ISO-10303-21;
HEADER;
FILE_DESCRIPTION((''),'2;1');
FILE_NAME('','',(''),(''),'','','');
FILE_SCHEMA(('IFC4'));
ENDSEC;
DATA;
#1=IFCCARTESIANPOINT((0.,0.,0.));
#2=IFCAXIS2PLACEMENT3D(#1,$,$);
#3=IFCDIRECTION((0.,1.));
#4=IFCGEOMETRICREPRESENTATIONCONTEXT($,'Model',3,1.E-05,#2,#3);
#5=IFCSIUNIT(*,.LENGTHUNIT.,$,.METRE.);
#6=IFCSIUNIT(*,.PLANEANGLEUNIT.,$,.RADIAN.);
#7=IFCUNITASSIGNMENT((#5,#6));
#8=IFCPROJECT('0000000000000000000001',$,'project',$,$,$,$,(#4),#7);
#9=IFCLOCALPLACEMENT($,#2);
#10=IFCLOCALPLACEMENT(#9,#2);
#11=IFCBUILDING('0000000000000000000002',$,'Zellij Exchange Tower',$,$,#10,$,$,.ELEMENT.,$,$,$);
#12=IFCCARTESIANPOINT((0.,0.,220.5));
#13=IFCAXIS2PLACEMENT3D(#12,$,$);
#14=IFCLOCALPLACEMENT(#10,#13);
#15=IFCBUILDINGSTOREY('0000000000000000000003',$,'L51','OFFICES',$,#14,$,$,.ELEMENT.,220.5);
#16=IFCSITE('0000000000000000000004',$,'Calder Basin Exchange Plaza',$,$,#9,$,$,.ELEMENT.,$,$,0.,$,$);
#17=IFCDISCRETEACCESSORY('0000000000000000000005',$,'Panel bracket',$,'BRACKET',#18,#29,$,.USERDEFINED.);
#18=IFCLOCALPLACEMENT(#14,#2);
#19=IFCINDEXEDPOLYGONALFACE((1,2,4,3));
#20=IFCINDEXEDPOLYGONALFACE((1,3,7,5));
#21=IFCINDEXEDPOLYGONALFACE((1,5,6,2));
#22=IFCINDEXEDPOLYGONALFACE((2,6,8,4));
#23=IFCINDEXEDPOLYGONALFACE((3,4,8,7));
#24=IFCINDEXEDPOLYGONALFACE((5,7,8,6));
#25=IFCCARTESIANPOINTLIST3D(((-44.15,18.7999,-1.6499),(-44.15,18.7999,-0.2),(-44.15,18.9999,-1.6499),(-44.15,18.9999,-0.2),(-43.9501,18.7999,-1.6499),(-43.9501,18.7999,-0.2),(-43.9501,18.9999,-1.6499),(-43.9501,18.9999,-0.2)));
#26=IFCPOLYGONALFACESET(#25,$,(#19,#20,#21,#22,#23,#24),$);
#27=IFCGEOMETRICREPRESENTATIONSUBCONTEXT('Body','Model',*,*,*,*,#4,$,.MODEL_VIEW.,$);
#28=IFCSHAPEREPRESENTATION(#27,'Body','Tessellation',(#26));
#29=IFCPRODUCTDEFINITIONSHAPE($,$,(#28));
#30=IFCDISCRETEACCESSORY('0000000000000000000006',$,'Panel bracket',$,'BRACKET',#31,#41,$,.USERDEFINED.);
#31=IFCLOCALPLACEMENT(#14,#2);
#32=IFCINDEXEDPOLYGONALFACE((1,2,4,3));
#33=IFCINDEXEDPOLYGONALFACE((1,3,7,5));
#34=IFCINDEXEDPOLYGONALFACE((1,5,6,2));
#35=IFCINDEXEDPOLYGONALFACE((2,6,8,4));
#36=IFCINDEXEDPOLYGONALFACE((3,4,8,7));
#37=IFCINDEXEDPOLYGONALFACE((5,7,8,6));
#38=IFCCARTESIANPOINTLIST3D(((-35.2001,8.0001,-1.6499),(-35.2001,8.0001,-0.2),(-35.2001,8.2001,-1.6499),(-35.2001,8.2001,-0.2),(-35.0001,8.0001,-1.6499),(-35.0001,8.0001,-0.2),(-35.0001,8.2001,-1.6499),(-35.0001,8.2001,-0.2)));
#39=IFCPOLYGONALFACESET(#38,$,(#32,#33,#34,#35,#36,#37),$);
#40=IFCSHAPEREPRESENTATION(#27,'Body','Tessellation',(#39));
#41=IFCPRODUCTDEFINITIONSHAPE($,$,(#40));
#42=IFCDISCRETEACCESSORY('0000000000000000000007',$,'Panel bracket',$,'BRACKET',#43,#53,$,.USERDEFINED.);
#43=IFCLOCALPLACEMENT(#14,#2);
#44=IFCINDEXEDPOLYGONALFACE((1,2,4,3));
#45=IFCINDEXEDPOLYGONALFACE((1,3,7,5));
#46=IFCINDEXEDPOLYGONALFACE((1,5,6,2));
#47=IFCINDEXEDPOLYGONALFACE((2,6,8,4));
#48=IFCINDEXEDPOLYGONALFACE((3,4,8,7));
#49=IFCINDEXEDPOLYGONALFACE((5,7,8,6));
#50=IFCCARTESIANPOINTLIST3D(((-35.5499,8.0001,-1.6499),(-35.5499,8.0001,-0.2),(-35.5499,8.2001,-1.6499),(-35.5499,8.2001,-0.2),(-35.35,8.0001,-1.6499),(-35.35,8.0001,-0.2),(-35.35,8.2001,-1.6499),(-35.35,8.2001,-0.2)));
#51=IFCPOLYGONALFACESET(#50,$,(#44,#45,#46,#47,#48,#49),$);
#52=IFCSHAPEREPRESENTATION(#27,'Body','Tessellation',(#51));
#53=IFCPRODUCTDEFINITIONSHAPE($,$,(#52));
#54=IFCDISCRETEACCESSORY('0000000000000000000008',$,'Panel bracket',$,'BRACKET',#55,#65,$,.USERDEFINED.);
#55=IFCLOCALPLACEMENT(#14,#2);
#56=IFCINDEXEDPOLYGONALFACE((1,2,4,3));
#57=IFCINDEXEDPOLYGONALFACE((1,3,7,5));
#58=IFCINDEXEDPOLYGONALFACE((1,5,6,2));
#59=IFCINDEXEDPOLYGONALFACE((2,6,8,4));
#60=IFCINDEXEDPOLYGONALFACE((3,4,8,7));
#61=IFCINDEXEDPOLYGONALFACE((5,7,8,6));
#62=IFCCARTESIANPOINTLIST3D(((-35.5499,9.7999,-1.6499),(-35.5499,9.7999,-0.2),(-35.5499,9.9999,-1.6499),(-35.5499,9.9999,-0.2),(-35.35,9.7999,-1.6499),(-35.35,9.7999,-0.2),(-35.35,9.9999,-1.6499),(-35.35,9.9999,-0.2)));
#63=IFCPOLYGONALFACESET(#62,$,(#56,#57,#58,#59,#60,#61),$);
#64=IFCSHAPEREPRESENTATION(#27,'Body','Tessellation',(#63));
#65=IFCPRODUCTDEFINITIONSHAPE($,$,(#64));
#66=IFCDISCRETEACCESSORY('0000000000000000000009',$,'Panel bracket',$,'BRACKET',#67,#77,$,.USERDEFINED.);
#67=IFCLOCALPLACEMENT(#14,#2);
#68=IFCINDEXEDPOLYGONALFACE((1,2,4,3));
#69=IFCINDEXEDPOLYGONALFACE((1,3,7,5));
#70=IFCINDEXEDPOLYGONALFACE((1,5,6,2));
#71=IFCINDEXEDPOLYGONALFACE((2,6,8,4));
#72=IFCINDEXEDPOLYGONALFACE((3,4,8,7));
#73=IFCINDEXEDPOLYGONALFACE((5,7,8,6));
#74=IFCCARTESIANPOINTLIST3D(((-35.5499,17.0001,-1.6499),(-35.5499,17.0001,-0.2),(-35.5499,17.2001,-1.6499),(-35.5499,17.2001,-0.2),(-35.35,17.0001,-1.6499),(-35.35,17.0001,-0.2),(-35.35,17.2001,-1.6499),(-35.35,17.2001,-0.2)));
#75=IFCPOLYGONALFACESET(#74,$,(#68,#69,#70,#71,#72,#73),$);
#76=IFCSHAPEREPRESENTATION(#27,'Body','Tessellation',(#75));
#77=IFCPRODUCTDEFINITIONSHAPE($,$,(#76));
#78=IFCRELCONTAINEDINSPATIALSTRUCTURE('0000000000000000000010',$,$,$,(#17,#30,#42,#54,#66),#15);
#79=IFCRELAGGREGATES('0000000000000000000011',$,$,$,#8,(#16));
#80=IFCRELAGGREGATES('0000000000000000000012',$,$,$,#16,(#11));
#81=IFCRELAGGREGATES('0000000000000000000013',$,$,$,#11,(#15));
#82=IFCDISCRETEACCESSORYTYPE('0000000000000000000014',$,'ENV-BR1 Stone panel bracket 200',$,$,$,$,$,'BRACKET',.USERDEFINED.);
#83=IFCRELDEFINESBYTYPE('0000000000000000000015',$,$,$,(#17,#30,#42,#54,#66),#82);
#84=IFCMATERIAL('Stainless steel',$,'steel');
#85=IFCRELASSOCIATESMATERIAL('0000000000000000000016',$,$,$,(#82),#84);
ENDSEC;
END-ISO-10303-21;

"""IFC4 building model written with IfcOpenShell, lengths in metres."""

from ifc_helpers import new_model, si_unit, direction, frame, origin, origin_2d, place, context, subcontext, project, spatial, rectangle, extrude, material, type_object, element, save


model = new_model("IFC4")

# Units and contexts
model_context = context("Model", 3, precision=1e-05, world=origin(), true_north=direction((0.0, 1.0)))
body_context = subcontext(model_context, "Body", "Model", "MODEL_VIEW")
ifc_project = project(units=[si_unit("LENGTHUNIT", "METRE"), si_unit("PLANEANGLEUNIT", "RADIAN")], contexts=[model_context])

# Site, building, storey
site_placement = place(None, origin())
site = spatial("IfcSite", under=ifc_project, at=site_placement, Name="Calder Basin Exchange Plaza", CompositionType="ELEMENT", RefElevation=0.0)
building_placement = place(site_placement, origin())
building = spatial("IfcBuilding", under=site, at=building_placement, Name="Zellij Exchange Tower", CompositionType="ELEMENT")
storey_placement = place(building_placement, frame((0.0, 0.0, 220.5)))
storey = spatial("IfcBuildingStorey", under=building, at=storey_placement, Name="L51", Description="OFFICES", CompositionType="ELEMENT", Elevation=220.5)

# Discrete accessories
ifc_material_1 = material(Name="Stainless steel", Category="steel")
discrete_accessory_type = type_object("IfcDiscreteAccessoryType", Name="ENV-BR1 Stone panel bracket 200", ElementType="BRACKET", PredefinedType="USERDEFINED", material=ifc_material_1)
for number, where, z_axis, x_axis, name in (
    (1, (-44.05, 18.8999, -1.6499), (0.0, 0.0, 1.0), (1.0, 0.0, 0.0), "Panel bracket"),
    (2, (-35.1001, 8.1001, -1.6499), (0.0, 0.0, 1.0), (1.0, 0.0, 0.0), "Panel bracket"),
    (3, (-35.45, 8.1001, -1.6499), (0.0, 0.0, 1.0), (1.0, 0.0, 0.0), "Panel bracket"),
    (4, (-35.45, 9.8999, -1.6499), (0.0, 0.0, 1.0), (1.0, 0.0, 0.0), "Panel bracket"),
    (5, (-35.45, 17.1001, -1.6499), (0.0, 0.0, 1.0), (1.0, 0.0, 0.0), "Panel bracket"),
):
    element("IfcDiscreteAccessory", number, at=place(storey_placement, frame(where, z_axis=z_axis, x_axis=x_axis)), inside=storey, type_object=discrete_accessory_type, Name=name, ObjectType="BRACKET", PredefinedType="USERDEFINED", context=body_context, shape_type="SweptSolid", body=[
        extrude(rectangle(XDim=0.2, YDim=0.2, at=origin_2d()), origin(), (0.0, 0.0, 1.0), 1.45),
    ])

save(model, "model.ifc")
